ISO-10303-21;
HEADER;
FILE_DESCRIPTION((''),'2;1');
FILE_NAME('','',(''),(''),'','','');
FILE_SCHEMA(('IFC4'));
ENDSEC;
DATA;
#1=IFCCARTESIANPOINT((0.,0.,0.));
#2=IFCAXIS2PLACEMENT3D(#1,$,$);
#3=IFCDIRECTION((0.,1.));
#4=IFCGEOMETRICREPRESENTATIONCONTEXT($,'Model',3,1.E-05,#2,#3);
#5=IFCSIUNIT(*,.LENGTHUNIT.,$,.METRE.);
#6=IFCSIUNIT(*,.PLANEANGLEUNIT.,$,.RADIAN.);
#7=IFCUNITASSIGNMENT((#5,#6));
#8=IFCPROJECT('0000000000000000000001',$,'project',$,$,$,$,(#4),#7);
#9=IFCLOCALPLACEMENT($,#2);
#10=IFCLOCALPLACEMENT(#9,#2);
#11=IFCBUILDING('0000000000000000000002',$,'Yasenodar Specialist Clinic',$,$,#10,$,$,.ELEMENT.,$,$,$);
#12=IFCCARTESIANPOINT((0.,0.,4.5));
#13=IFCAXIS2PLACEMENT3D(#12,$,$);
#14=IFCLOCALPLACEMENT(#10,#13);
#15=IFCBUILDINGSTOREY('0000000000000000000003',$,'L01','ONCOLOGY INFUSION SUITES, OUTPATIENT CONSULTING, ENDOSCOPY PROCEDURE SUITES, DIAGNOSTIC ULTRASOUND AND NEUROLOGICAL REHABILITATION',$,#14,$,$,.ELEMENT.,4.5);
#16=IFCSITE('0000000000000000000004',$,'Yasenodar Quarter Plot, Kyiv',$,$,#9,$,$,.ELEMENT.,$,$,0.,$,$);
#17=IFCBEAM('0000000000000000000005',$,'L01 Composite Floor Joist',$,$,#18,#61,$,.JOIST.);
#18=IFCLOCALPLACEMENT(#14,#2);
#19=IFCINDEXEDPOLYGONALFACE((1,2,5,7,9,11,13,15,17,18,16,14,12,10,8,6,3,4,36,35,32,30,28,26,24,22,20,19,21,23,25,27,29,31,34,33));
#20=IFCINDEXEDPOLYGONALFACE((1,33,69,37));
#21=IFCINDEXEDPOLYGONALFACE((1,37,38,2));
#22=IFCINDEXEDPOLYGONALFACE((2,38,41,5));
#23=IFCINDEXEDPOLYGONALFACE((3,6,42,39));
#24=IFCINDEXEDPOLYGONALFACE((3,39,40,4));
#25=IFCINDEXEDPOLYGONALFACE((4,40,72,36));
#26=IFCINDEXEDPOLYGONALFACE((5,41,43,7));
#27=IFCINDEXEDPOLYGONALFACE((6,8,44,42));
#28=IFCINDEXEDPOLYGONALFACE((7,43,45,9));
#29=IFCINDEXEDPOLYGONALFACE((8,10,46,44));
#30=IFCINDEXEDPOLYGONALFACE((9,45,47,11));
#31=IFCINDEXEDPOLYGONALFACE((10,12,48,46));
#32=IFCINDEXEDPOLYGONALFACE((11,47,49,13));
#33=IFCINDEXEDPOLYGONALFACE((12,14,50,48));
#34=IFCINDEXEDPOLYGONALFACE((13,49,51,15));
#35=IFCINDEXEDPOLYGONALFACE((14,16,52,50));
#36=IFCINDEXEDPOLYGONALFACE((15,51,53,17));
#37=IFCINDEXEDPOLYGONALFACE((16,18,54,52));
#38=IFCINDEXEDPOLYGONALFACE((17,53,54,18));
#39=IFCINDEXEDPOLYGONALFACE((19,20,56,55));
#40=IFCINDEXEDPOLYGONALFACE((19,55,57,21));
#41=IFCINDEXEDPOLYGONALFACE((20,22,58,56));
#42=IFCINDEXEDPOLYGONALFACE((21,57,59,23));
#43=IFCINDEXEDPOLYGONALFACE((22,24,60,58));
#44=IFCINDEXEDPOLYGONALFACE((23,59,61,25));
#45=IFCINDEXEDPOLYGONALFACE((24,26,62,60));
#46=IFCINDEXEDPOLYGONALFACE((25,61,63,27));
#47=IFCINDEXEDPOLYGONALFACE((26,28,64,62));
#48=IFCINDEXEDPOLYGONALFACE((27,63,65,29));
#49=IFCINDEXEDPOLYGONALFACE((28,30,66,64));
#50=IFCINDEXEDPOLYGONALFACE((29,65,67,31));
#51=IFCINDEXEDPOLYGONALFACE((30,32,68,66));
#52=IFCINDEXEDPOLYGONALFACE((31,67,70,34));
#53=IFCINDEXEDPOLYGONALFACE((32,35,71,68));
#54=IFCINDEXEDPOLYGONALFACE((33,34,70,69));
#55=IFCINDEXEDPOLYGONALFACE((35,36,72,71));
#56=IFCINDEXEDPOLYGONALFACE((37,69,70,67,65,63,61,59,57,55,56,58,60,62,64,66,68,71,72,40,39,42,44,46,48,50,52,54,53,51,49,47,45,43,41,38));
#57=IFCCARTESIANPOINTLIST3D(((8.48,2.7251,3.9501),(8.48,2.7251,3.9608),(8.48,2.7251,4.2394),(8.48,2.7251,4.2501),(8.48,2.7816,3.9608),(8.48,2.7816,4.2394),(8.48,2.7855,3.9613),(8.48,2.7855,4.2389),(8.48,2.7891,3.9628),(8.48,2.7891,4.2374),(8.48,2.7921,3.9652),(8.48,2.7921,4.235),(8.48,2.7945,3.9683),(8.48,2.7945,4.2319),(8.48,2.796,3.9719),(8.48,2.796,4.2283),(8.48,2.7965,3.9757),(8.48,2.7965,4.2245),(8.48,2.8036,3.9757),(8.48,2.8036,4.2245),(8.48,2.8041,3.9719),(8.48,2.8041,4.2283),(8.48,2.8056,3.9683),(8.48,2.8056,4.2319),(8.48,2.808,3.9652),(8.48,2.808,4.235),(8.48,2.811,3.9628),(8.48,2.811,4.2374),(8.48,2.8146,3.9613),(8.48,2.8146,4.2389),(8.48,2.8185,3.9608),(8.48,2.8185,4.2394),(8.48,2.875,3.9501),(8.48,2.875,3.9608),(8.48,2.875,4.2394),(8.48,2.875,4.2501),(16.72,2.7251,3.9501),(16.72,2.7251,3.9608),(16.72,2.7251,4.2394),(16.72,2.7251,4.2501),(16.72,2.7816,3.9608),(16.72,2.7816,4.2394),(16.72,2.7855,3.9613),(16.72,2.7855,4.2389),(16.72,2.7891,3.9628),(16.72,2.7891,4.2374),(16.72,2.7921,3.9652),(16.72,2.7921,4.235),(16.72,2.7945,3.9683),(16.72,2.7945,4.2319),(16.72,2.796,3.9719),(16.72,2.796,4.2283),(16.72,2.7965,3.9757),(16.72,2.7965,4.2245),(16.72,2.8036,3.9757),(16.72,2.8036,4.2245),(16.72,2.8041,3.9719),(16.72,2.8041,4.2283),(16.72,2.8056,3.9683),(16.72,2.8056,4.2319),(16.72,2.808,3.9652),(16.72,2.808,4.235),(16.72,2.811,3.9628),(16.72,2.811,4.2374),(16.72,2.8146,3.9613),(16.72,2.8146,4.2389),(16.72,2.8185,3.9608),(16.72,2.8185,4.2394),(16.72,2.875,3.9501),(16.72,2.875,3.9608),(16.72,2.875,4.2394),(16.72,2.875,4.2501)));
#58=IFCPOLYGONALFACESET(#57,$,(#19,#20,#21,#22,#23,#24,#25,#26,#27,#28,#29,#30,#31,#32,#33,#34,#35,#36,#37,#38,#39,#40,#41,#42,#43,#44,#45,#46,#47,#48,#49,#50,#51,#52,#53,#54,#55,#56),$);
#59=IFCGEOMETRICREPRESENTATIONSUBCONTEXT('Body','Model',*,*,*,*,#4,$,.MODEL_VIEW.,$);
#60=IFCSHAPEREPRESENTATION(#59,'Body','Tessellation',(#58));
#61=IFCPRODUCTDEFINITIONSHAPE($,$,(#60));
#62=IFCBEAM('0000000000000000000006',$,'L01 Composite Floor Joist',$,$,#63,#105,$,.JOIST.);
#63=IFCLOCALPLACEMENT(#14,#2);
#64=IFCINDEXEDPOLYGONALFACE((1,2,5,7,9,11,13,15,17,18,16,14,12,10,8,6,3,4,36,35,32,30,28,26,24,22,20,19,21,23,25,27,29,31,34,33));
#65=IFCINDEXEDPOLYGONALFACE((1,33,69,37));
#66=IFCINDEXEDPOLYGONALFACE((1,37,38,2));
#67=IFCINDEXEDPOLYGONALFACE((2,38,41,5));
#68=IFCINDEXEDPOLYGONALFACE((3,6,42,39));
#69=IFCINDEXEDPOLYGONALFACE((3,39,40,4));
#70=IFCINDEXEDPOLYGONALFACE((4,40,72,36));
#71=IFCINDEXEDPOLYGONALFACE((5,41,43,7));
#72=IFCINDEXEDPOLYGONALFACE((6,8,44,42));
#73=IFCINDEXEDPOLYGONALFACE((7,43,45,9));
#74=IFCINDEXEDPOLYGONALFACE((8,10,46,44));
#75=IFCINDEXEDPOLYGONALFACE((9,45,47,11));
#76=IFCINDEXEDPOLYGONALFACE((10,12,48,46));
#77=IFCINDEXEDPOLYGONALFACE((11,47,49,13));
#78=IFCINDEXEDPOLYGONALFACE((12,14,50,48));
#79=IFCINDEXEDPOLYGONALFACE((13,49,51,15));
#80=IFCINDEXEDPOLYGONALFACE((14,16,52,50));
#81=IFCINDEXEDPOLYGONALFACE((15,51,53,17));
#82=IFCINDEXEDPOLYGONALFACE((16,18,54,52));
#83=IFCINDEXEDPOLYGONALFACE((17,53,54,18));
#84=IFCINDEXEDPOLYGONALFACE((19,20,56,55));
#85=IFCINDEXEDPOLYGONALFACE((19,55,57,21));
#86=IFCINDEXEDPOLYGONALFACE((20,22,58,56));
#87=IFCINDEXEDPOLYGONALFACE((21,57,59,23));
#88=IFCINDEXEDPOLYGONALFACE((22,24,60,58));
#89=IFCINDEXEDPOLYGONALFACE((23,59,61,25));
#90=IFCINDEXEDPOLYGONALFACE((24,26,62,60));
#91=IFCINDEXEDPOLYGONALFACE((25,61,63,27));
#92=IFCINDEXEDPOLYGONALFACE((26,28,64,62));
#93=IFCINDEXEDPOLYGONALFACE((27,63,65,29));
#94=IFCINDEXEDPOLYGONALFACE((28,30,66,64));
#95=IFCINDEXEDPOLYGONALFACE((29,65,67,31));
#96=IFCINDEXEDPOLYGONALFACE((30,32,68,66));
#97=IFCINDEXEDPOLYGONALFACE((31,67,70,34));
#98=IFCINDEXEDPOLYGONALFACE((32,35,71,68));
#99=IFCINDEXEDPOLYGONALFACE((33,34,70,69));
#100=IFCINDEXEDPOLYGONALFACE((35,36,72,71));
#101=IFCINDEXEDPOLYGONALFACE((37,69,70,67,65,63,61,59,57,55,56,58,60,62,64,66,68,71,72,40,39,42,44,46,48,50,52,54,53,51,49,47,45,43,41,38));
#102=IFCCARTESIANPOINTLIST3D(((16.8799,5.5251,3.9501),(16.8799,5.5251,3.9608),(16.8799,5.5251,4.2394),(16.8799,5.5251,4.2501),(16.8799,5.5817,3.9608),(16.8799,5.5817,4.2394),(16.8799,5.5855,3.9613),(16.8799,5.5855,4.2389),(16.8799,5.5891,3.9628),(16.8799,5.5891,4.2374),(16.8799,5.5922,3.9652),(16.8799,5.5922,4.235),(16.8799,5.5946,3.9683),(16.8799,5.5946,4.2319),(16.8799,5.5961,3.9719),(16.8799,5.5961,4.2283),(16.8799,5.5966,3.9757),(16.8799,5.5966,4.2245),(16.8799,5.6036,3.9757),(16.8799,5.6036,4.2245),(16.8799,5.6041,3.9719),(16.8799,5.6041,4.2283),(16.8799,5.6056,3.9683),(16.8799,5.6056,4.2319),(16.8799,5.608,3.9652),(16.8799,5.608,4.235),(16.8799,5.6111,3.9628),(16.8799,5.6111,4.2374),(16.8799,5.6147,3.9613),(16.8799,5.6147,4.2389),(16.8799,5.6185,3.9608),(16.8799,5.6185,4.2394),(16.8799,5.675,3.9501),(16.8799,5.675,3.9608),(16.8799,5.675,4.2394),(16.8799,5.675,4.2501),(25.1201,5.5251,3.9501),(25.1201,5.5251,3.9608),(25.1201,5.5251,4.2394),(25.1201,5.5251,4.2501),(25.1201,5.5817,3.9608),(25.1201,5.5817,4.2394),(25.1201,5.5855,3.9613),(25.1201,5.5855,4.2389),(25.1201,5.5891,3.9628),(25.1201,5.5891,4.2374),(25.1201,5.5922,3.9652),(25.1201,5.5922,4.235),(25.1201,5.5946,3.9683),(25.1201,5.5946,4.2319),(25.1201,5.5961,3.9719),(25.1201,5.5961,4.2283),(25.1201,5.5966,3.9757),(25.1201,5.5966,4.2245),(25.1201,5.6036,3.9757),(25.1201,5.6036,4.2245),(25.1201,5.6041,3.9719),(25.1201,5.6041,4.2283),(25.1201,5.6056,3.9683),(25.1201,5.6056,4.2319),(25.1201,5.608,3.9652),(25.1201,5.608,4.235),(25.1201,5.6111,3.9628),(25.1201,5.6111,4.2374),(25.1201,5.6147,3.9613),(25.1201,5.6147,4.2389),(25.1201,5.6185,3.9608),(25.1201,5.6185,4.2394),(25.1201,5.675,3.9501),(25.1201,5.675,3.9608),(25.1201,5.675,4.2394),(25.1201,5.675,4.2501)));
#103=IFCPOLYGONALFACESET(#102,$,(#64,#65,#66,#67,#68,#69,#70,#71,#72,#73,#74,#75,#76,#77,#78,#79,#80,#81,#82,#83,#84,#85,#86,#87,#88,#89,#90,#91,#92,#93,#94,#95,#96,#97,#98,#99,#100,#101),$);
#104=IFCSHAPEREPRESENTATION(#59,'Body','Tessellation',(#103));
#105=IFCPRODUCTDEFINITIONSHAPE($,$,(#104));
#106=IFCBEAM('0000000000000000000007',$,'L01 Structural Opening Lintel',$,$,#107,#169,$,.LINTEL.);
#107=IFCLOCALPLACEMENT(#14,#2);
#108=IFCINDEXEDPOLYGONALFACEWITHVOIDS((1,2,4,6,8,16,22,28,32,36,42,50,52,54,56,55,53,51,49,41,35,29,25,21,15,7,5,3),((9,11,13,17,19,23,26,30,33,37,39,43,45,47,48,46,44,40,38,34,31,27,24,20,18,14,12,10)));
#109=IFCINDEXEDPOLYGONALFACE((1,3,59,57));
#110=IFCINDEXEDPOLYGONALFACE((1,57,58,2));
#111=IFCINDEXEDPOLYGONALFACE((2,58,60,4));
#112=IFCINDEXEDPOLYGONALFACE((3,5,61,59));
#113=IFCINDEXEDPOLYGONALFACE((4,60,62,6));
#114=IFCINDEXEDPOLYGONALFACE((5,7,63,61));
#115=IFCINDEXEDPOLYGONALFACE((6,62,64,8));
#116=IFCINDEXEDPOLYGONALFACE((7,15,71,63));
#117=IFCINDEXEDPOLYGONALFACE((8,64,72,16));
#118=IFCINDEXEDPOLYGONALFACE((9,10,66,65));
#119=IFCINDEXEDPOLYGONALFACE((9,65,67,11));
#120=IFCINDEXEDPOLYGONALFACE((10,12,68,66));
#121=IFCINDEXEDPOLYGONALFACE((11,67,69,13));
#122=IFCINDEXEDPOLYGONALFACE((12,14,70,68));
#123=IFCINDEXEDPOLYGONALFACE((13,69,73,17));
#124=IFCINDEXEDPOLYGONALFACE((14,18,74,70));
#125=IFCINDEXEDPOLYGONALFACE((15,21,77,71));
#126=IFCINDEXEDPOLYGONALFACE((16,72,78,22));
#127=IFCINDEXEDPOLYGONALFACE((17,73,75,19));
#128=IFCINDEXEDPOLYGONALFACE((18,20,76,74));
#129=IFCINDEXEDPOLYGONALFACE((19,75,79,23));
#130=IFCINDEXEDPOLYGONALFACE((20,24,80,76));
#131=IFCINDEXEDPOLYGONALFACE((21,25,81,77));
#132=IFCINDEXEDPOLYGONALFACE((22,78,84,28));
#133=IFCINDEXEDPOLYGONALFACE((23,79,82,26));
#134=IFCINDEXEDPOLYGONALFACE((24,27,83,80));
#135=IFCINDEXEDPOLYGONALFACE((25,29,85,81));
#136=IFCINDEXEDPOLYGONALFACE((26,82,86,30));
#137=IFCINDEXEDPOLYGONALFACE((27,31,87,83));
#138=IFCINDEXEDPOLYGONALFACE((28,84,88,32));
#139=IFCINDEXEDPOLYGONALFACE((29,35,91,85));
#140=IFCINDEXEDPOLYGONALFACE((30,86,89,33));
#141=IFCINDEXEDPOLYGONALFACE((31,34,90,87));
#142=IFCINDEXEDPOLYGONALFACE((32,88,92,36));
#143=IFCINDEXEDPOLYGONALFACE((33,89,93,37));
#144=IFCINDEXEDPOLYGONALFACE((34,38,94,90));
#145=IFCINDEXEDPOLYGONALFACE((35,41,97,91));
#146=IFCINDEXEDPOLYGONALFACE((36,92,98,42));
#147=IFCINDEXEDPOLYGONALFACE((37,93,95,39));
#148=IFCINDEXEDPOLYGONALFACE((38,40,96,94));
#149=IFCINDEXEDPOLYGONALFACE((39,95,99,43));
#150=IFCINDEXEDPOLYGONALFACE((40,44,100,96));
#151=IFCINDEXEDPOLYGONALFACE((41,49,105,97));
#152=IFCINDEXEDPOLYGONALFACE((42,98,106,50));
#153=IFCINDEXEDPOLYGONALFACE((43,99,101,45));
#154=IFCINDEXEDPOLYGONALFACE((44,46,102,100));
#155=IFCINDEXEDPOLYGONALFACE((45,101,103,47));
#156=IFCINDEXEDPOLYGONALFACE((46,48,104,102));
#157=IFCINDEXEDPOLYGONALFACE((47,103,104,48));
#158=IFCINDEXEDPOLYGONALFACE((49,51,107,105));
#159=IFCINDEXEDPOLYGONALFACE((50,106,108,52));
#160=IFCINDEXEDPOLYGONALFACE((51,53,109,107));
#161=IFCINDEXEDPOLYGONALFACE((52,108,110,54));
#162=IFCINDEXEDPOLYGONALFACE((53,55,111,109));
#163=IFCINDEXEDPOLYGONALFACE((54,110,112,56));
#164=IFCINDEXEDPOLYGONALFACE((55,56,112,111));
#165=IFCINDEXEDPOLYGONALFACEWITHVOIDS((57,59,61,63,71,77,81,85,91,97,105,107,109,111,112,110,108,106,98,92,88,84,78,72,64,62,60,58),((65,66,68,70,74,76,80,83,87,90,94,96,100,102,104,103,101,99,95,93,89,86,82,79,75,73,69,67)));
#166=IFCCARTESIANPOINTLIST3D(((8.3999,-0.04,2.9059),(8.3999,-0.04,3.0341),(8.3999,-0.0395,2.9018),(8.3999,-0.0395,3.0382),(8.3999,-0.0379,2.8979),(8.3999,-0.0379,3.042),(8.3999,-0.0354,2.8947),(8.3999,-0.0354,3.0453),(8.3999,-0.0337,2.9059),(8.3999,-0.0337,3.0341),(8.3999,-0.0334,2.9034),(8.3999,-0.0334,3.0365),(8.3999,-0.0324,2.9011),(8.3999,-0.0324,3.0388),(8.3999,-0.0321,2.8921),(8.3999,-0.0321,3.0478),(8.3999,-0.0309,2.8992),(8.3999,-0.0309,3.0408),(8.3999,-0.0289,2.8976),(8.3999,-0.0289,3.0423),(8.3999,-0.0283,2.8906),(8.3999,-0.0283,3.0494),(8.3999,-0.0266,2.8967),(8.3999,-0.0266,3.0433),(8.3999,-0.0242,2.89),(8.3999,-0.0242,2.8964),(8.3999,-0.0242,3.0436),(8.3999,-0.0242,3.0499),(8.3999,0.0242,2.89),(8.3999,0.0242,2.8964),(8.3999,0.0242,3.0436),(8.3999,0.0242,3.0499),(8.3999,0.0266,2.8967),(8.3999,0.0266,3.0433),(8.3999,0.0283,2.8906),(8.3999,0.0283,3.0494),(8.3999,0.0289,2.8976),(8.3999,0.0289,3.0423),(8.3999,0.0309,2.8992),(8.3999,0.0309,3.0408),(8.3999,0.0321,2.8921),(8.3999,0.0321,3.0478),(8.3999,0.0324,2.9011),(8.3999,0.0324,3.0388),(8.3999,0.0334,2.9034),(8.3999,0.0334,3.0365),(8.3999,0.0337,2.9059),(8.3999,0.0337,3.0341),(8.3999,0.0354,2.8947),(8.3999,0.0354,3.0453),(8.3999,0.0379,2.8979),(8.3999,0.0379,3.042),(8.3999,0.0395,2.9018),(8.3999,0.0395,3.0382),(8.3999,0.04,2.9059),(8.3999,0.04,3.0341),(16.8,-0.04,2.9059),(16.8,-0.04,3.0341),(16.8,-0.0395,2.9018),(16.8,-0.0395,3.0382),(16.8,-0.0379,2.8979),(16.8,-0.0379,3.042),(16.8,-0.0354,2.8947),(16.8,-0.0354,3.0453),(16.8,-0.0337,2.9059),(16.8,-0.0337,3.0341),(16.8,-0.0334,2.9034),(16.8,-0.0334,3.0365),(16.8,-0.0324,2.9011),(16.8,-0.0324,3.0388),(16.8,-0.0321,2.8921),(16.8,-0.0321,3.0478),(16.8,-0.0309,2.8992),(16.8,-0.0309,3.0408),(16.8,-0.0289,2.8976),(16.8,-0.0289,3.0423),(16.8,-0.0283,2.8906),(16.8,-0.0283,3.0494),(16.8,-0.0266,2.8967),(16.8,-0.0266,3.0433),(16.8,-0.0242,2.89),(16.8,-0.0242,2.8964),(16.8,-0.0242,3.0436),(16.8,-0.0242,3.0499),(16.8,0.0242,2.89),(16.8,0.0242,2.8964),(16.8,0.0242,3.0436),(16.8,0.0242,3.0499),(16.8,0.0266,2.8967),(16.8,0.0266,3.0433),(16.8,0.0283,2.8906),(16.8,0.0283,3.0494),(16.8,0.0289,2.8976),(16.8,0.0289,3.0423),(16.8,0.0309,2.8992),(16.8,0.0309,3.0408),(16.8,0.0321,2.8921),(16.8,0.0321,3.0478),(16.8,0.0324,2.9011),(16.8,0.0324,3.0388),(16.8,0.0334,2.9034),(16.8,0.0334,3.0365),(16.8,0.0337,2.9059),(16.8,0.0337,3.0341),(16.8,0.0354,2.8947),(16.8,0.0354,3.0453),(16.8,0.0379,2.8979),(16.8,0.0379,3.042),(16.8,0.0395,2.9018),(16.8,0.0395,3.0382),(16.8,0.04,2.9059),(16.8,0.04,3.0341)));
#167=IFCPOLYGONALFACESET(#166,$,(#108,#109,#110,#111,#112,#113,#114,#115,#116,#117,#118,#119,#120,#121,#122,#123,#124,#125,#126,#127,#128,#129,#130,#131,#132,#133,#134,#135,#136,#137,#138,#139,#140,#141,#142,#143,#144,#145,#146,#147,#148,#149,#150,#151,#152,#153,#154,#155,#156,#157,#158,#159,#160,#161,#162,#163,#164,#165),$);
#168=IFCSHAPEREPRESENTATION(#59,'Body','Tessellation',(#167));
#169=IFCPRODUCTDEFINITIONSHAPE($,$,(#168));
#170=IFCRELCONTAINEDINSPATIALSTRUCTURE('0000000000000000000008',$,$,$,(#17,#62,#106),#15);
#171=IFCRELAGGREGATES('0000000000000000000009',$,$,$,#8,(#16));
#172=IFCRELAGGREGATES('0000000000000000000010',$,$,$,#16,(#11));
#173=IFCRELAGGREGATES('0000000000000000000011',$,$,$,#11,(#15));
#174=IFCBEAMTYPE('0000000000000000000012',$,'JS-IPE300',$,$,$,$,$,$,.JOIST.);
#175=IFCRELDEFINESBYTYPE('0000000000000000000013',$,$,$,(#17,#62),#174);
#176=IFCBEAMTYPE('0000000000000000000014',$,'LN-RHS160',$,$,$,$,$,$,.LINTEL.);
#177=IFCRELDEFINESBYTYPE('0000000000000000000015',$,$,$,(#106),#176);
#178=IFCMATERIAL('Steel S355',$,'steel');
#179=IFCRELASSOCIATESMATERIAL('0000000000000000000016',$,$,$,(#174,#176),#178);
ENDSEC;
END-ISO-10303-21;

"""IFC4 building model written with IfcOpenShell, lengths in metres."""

from ifc_helpers import new_model, si_unit, direction, frame, origin, origin_2d, place, context, subcontext, project, spatial, hollow_rectangle, i_section, extrude, material, material_profile, profile_set, type_object, element, save


model = new_model("IFC4")

# Units and contexts
model_context = context("Model", 3, precision=1e-05, world=origin(), true_north=direction((0.0, 1.0)))
body_context = subcontext(model_context, "Body", "Model", "MODEL_VIEW")
ifc_project = project(units=[si_unit("LENGTHUNIT", "METRE"), si_unit("PLANEANGLEUNIT", "RADIAN")], contexts=[model_context])

# Site, building, storey
site_placement = place(None, origin())
site = spatial("IfcSite", under=ifc_project, at=site_placement, Name="Yasenodar Quarter Plot, Kyiv", CompositionType="ELEMENT", RefElevation=0.0)
building_placement = place(site_placement, origin())
building = spatial("IfcBuilding", under=site, at=building_placement, Name="Yasenodar Specialist Clinic", CompositionType="ELEMENT")
storey_placement = place(building_placement, frame((0.0, 0.0, 4.5)))
storey = spatial("IfcBuildingStorey", under=building, at=storey_placement, Name="L01", Description="ONCOLOGY INFUSION SUITES, OUTPATIENT CONSULTING, ENDOSCOPY PROCEDURE SUITES, DIAGNOSTIC ULTRASOUND AND NEUROLOGICAL REHABILITATION", CompositionType="ELEMENT", Elevation=4.5)

# Shared definitions
ifc_material_1 = material(Name="Steel S355", Category="steel")

# Beams
ifc_material_profile_1 = material_profile(ifc_material_1, i_section(OverallWidth=0.1499, OverallDepth=0.3, WebThickness=0.0071, FlangeThickness=0.0107, FilletRadius=0.0149, at=origin_2d()), Name="IPE 300")
ifc_profile_set_1 = profile_set([ifc_material_profile_1], Name="Steel S355")
beam_type_1 = type_object("IfcBeamType", Name="JS-IPE300", PredefinedType="JOIST", material=ifc_profile_set_1)
beam_1_placement = place(storey_placement, frame((8.48, 2.8, 4.1001), z_axis=(1.0, 0.0, 0.0), x_axis=(0.0, 1.0, 0.0)))
element("IfcBeam", 1, at=beam_1_placement, inside=storey, type_object=beam_type_1, Name="L01 Composite Floor Joist", PredefinedType="JOIST", context=body_context, shape_type="SweptSolid", body=[
    extrude(i_section(OverallWidth=0.1499, OverallDepth=0.3, WebThickness=0.0071, FlangeThickness=0.0107, FilletRadius=0.0149, at=origin_2d()), origin(), (0.0, 0.0, 1.0), 8.24),
])
beam_2_placement = place(storey_placement, frame((16.8799, 5.6001, 4.1001), z_axis=(1.0, 0.0, 0.0), x_axis=(0.0, 1.0, 0.0)))
element("IfcBeam", 2, at=beam_2_placement, inside=storey, type_object=beam_type_1, Name="L01 Composite Floor Joist", PredefinedType="JOIST", context=body_context, shape_type="SweptSolid", body=[
    extrude(i_section(OverallWidth=0.1499, OverallDepth=0.3, WebThickness=0.0071, FlangeThickness=0.0107, FilletRadius=0.0149, at=origin_2d()), origin(), (0.0, 0.0, 1.0), 8.2402),
])
ifc_material_profile_2 = material_profile(ifc_material_1, hollow_rectangle(XDim=0.0801, YDim=0.1599, WallThickness=0.0063, InnerFilletRadius=0.0095, OuterFilletRadius=0.0159, at=origin_2d()), Name="RHS 160x80x6.3")
ifc_profile_set_2 = profile_set([ifc_material_profile_2], Name="Steel S355")
beam_type_2 = type_object("IfcBeamType", Name="LN-RHS160", PredefinedType="LINTEL", material=ifc_profile_set_2)
beam_3_placement = place(storey_placement, frame((8.3999, 0.0, 2.97), z_axis=(1.0, 0.0, 0.0), x_axis=(0.0, 1.0, 0.0)))
element("IfcBeam", 3, at=beam_3_placement, inside=storey, type_object=beam_type_2, Name="L01 Structural Opening Lintel", PredefinedType="LINTEL", context=body_context, shape_type="SweptSolid", body=[
    extrude(hollow_rectangle(XDim=0.0801, YDim=0.1599, WallThickness=0.0063, InnerFilletRadius=0.0095, OuterFilletRadius=0.0159, at=origin_2d()), origin(), (0.0, 0.0, 1.0), 8.4001),
])

save(model, "model.ifc")
